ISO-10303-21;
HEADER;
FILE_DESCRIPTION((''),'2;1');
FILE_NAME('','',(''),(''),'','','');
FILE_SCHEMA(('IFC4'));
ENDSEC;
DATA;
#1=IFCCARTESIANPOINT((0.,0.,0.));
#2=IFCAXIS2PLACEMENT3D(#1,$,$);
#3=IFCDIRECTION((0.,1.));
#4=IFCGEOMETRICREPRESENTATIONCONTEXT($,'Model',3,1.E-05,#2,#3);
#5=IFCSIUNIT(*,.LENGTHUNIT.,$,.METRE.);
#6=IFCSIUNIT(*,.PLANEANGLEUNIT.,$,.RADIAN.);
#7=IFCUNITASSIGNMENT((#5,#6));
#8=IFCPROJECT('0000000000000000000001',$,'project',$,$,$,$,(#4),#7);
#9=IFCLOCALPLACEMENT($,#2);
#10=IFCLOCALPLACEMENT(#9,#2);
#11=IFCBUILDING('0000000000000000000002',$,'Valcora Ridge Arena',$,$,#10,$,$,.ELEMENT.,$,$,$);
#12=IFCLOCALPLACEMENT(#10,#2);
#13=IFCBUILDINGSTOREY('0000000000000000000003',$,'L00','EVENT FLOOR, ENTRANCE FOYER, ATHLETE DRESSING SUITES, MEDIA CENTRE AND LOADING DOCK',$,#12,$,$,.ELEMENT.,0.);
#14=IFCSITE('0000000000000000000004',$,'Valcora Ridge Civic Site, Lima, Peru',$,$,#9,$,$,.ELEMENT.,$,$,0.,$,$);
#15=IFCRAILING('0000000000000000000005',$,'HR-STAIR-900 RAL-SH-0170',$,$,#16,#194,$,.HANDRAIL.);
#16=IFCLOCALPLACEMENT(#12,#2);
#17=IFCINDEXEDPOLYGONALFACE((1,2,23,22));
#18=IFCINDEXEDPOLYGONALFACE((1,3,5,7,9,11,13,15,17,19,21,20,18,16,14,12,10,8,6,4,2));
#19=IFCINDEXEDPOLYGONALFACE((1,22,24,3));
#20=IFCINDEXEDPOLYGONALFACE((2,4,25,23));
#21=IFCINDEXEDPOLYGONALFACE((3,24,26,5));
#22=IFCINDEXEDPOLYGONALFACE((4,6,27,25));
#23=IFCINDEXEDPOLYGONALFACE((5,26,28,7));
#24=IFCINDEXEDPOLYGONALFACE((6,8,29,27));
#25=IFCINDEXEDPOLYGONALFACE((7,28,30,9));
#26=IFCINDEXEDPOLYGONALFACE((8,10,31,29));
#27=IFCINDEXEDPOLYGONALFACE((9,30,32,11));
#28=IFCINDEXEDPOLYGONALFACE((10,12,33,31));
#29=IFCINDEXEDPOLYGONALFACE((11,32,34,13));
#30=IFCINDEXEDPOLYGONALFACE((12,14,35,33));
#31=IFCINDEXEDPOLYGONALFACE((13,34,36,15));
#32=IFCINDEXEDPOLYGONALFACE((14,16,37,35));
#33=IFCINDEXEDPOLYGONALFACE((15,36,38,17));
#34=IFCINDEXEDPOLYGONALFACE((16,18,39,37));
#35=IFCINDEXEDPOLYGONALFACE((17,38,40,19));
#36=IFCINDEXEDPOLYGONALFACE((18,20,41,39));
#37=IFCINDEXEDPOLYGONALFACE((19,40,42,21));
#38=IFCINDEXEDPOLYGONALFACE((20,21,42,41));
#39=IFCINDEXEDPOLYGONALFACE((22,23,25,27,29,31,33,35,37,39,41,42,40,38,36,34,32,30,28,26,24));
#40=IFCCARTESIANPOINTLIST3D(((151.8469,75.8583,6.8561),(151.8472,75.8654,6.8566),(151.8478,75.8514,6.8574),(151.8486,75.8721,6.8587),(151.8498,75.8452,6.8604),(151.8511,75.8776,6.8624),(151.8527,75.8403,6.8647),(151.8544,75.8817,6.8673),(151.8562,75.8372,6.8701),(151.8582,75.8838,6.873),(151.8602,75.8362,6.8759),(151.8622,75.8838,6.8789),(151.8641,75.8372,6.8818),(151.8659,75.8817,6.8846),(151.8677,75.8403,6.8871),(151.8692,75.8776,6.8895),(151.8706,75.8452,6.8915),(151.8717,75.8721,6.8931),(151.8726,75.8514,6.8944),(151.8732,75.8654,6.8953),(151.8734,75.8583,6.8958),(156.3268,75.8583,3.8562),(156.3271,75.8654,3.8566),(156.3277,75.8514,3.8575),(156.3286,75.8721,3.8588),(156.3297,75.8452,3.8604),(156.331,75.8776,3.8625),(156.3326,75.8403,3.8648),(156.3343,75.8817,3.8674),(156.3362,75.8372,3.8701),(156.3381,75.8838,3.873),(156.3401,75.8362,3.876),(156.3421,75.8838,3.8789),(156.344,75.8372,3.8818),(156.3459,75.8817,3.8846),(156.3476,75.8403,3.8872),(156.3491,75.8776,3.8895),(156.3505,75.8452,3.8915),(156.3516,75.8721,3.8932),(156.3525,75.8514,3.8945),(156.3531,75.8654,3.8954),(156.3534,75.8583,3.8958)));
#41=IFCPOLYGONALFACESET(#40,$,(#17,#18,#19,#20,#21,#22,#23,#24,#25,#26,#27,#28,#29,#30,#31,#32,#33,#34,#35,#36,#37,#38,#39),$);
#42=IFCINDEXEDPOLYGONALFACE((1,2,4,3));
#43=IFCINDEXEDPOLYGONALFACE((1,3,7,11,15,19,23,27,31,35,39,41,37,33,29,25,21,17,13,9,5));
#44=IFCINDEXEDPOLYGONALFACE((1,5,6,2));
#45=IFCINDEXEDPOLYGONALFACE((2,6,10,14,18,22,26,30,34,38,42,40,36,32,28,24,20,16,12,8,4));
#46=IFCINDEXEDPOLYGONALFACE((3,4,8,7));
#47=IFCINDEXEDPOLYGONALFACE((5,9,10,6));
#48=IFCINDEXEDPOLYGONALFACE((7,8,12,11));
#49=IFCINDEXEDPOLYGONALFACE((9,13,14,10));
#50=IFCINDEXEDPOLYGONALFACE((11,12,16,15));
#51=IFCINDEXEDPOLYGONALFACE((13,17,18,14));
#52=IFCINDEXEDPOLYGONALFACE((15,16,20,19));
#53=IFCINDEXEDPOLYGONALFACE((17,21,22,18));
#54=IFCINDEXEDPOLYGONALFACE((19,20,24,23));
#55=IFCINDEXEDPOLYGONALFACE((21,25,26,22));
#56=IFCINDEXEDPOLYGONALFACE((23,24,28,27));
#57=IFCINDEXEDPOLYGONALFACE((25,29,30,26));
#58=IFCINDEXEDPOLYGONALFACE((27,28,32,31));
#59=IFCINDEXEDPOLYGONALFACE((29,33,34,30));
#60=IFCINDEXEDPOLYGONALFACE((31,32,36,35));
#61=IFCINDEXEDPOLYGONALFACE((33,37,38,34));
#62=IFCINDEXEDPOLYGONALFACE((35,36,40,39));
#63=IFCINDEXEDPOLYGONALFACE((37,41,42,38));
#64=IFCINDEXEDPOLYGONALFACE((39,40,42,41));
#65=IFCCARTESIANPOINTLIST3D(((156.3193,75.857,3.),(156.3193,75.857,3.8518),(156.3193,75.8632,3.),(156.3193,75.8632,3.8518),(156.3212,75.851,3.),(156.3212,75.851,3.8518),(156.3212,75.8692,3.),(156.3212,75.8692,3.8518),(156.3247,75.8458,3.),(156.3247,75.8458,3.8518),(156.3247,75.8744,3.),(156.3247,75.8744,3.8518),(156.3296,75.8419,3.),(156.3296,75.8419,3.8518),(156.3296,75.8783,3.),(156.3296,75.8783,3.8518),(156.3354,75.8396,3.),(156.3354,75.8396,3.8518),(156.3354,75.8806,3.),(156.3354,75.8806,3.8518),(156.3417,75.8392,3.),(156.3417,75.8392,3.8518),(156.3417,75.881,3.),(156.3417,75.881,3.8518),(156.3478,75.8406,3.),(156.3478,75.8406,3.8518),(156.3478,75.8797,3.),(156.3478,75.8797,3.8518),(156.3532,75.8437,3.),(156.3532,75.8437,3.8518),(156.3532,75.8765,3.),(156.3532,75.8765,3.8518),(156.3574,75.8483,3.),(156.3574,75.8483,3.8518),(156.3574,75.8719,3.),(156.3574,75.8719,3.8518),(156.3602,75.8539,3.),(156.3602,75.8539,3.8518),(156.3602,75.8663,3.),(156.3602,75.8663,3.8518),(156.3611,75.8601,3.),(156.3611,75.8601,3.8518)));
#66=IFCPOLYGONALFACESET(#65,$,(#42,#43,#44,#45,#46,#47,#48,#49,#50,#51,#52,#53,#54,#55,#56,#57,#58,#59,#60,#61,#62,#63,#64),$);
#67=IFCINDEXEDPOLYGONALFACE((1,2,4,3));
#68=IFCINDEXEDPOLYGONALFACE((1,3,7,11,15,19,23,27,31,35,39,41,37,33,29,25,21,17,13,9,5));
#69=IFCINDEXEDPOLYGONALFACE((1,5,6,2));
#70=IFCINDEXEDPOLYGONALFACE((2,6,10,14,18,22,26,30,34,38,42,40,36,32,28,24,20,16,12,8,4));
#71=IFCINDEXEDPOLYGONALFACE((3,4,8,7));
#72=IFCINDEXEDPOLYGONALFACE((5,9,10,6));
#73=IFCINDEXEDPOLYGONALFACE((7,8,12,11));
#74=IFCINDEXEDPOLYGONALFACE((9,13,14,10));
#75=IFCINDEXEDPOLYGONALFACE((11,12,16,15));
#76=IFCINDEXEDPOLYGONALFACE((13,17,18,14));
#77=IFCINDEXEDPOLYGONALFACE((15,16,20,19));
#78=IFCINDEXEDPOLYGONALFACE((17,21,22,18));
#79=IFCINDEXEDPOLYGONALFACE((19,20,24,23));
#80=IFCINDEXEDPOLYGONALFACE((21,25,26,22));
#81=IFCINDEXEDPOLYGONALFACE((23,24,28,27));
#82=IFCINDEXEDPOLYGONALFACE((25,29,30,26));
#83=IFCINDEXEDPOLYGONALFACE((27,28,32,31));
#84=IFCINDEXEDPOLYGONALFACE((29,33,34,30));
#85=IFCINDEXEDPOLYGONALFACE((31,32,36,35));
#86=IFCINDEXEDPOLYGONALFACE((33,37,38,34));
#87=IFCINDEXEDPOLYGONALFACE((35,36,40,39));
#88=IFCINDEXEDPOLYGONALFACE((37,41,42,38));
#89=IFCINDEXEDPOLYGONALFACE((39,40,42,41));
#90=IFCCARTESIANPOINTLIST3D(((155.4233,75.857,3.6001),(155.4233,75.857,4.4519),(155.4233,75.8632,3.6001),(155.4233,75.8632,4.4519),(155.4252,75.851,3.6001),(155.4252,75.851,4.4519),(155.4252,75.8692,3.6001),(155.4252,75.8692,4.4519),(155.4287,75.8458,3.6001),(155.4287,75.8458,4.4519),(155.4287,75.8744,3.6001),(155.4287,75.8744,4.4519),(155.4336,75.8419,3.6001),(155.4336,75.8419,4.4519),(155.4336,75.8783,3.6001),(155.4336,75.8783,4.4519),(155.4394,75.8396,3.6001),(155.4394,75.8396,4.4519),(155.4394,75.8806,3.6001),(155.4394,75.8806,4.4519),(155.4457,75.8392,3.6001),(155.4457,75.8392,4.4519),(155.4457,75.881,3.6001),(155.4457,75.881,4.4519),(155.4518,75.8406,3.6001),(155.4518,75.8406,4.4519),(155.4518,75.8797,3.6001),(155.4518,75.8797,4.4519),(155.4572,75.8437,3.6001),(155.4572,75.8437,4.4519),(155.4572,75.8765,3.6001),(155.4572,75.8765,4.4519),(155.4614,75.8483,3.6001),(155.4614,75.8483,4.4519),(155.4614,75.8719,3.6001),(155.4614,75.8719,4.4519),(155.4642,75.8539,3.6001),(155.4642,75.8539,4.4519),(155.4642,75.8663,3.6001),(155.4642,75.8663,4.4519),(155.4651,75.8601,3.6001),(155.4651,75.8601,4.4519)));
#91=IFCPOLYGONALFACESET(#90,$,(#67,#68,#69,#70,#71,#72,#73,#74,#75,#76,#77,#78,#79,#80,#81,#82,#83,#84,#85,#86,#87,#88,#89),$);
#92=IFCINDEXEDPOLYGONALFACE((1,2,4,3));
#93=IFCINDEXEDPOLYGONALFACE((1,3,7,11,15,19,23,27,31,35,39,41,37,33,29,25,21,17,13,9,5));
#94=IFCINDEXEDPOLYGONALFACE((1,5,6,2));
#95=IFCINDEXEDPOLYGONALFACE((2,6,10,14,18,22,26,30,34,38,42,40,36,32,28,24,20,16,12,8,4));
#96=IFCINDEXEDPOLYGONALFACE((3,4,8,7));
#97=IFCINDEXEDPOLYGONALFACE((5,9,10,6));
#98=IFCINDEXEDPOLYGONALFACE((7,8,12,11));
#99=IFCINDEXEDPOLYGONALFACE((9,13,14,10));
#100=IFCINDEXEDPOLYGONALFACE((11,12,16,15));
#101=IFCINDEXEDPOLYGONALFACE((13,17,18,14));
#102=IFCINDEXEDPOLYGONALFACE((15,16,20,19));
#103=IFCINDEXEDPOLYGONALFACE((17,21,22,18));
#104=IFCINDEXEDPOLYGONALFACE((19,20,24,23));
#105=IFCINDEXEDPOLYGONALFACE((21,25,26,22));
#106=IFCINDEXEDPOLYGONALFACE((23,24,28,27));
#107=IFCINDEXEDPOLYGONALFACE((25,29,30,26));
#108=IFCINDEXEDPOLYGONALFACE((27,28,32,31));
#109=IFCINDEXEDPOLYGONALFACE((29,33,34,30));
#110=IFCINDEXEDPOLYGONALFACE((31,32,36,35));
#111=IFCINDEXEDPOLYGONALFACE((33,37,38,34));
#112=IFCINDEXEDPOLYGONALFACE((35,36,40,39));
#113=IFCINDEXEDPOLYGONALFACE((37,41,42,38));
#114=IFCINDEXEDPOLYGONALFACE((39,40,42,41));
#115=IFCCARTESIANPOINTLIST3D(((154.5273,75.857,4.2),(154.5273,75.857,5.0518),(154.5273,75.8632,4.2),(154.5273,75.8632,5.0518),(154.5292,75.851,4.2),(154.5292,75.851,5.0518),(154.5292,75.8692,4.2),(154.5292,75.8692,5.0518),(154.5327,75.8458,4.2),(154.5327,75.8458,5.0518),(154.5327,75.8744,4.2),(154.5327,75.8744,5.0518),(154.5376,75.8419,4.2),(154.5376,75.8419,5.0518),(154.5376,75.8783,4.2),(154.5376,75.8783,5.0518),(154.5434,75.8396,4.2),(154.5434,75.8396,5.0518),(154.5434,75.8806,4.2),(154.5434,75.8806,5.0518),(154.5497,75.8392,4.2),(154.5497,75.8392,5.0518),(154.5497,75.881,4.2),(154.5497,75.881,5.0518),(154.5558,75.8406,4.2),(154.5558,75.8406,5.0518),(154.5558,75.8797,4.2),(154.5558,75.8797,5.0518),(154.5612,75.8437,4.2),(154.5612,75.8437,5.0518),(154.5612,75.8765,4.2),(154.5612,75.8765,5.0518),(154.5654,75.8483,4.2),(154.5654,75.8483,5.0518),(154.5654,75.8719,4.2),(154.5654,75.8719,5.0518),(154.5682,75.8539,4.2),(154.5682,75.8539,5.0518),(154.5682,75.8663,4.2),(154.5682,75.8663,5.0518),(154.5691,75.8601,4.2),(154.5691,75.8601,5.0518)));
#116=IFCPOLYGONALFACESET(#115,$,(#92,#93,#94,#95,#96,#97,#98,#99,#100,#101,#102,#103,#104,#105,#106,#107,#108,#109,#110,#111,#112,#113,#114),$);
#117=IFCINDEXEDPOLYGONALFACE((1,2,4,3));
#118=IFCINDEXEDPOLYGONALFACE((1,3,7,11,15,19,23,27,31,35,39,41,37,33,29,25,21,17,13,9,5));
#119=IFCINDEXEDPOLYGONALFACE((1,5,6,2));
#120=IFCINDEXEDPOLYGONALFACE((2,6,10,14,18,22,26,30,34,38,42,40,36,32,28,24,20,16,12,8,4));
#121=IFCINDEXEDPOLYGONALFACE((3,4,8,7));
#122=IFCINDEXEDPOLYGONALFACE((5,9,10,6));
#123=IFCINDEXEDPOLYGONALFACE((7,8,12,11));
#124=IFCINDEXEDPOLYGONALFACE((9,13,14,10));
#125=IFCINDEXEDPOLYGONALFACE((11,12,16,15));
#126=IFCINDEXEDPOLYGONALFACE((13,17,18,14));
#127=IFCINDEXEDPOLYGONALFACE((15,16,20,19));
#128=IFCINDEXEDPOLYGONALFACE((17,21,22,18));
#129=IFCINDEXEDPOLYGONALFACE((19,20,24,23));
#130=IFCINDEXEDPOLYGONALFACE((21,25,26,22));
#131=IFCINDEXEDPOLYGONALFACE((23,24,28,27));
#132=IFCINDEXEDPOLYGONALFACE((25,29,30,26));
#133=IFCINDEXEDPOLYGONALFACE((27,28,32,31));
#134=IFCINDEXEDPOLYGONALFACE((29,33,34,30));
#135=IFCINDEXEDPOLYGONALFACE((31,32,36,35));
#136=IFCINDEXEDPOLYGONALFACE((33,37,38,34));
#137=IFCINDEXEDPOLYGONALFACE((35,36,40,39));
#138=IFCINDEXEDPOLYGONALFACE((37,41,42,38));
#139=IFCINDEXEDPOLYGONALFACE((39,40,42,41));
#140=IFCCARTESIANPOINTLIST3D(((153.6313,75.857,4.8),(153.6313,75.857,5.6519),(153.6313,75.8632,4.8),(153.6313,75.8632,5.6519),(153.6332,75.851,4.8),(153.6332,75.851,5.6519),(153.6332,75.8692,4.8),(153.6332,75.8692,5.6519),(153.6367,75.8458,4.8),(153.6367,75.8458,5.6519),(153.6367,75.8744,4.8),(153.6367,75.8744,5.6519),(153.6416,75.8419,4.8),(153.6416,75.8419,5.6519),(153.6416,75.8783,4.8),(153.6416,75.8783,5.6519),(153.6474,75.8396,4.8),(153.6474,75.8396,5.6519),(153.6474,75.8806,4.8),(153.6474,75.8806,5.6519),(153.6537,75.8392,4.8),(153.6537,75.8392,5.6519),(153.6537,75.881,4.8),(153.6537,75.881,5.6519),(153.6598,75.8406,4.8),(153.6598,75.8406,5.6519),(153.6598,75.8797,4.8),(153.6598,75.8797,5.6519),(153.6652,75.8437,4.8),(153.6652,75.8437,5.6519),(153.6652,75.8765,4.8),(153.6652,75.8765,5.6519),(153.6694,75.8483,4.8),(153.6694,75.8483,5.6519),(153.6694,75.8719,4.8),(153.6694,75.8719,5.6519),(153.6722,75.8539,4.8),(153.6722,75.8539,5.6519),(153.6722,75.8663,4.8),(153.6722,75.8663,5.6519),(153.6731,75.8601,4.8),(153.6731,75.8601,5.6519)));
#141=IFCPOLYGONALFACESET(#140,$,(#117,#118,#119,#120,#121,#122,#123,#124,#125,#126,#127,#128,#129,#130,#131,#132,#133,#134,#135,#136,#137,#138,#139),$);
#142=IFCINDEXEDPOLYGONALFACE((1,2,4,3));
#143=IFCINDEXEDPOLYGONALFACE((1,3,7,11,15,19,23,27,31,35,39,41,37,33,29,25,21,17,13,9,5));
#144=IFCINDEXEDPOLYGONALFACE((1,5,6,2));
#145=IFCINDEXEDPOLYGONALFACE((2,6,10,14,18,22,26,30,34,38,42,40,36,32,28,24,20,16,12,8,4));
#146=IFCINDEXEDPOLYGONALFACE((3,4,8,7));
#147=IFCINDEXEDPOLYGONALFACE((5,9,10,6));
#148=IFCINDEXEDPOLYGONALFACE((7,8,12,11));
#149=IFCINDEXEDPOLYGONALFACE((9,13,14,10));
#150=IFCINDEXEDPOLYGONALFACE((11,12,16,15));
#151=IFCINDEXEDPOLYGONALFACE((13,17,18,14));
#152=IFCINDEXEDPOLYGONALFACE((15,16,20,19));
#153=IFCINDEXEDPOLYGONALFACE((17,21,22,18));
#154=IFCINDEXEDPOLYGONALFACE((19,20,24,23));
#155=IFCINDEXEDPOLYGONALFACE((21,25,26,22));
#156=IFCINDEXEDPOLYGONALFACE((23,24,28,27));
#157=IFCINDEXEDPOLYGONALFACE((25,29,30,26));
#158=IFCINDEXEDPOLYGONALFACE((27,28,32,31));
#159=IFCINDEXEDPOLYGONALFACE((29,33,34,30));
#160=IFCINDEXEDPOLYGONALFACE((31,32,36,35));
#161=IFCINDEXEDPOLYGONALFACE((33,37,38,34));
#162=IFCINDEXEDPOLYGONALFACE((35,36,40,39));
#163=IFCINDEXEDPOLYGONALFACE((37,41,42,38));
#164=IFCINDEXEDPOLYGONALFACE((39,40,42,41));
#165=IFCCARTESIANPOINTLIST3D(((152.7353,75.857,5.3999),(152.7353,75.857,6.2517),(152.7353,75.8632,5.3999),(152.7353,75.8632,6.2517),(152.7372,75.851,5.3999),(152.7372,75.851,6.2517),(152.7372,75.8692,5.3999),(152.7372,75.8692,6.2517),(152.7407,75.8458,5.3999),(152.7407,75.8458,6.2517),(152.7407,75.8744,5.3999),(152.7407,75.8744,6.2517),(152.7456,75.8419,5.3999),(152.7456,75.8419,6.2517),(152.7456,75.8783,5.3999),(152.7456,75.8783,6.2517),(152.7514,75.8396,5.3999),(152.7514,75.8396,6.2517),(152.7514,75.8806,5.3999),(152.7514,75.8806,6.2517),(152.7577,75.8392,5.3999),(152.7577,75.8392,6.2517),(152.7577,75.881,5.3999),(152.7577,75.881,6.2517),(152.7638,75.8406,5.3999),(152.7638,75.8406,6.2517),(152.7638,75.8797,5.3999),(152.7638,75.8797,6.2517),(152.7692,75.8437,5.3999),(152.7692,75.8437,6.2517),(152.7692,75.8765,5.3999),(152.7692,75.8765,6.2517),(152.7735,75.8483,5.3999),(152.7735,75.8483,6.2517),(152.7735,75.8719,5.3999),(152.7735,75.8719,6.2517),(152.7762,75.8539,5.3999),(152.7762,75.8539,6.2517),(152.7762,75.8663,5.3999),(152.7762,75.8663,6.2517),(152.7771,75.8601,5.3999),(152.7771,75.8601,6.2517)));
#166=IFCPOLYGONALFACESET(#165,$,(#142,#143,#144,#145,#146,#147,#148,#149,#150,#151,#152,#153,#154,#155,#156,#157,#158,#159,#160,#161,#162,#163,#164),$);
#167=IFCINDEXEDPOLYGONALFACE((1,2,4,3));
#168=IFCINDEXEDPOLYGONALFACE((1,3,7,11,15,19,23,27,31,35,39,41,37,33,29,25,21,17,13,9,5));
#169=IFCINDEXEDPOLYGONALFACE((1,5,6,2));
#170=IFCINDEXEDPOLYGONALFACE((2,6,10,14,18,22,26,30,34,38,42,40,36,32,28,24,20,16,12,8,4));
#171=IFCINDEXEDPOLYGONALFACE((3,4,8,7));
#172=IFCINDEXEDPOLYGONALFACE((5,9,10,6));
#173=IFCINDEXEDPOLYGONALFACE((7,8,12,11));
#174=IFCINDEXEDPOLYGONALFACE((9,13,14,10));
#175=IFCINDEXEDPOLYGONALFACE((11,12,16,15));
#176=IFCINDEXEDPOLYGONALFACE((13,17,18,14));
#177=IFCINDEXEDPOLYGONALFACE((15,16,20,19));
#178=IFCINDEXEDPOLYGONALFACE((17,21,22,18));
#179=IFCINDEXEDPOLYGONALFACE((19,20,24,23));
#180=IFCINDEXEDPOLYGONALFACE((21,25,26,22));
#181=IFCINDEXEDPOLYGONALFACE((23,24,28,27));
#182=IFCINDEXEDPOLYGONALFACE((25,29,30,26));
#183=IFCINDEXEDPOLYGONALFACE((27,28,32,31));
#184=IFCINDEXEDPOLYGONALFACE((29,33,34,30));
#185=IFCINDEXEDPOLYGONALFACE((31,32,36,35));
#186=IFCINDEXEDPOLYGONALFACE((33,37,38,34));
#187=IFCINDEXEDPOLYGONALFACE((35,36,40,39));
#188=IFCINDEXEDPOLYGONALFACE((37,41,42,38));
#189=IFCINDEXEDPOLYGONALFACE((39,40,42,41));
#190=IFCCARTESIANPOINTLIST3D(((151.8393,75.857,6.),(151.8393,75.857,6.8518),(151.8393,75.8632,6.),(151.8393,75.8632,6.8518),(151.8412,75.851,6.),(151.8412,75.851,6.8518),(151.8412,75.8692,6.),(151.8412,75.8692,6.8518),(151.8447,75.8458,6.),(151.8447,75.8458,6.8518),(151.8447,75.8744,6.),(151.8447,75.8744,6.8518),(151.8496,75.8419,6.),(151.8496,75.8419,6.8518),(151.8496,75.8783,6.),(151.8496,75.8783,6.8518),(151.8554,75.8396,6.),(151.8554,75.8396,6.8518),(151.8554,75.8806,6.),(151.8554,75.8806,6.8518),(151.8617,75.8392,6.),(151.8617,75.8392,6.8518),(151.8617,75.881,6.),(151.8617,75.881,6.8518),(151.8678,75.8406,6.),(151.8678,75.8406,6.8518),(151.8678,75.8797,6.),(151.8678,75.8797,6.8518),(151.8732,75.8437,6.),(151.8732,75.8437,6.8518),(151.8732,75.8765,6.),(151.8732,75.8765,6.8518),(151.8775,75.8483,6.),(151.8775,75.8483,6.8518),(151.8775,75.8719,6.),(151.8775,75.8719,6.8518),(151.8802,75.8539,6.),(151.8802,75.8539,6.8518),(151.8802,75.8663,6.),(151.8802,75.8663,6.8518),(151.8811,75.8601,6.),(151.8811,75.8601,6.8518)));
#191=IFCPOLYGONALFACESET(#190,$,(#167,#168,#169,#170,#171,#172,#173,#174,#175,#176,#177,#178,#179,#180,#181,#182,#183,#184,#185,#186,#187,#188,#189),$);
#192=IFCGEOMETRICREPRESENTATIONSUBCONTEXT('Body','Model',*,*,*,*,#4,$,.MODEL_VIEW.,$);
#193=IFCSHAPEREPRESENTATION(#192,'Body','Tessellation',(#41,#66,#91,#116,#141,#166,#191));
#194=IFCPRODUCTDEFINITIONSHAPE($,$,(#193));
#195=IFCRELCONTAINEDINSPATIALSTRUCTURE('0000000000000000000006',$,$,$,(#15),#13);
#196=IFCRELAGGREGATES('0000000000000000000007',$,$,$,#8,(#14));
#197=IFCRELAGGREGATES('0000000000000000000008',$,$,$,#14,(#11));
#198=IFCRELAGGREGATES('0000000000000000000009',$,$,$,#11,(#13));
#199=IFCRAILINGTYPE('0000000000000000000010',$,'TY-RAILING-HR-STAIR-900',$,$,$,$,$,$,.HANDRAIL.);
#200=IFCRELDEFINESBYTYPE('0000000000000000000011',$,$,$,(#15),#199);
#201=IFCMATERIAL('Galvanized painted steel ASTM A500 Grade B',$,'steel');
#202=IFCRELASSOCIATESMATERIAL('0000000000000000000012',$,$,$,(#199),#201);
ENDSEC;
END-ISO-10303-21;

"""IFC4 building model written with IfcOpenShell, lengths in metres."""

from ifc_helpers import new_model, si_unit, direction, frame, origin, origin_2d, place, context, subcontext, project, spatial, circle, extrude, material, type_object, element, save


model = new_model("IFC4")

# Units and contexts
model_context = context("Model", 3, precision=1e-05, world=origin(), true_north=direction((0.0, 1.0)))
body_context = subcontext(model_context, "Body", "Model", "MODEL_VIEW")
ifc_project = project(units=[si_unit("LENGTHUNIT", "METRE"), si_unit("PLANEANGLEUNIT", "RADIAN")], contexts=[model_context])

# Site, building, storey
site_placement = place(None, origin())
site = spatial("IfcSite", under=ifc_project, at=site_placement, Name="Valcora Ridge Civic Site, Lima, Peru", CompositionType="ELEMENT", RefElevation=0.0)
building_placement = place(site_placement, origin())
building = spatial("IfcBuilding", under=site, at=building_placement, Name="Valcora Ridge Arena", CompositionType="ELEMENT")
storey_placement = place(building_placement, origin())
storey = spatial("IfcBuildingStorey", under=building, at=storey_placement, Name="L00", Description="EVENT FLOOR, ENTRANCE FOYER, ATHLETE DRESSING SUITES, MEDIA CENTRE AND LOADING DOCK", CompositionType="ELEMENT", Elevation=0.0)

# Railing
ifc_material_1 = material(Name="Galvanized painted steel ASTM A500 Grade B", Category="steel")
railing_type = type_object("IfcRailingType", Name="TY-RAILING-HR-STAIR-900", PredefinedType="HANDRAIL", material=ifc_material_1)
railing_placement = place(storey_placement, frame((156.3401, 75.8601, 3.0)))
element("IfcRailing", 1, at=railing_placement, inside=storey, type_object=railing_type, Name="HR-STAIR-900 RAL-SH-0170", PredefinedType="HANDRAIL", context=body_context, shape_type="SweptSolid", body=[
    extrude(circle(Radius=0.0239, at=origin_2d()), frame((0.0, 0.0, 0.876), z_axis=(-0.830906, 0.0, 0.556413), x_axis=(0.0, -1.0, 0.0)), (0.0, 0.0, 1.0), 5.3916),
    extrude(circle(Radius=0.021, at=origin_2d()), origin(), (0.0, 0.0, 1.0), 0.8518),
    extrude(circle(Radius=0.021, at=origin_2d()), frame((-0.896, 0.0, 0.6001)), (0.0, 0.0, 1.0), 0.8518),
    extrude(circle(Radius=0.021, at=origin_2d()), frame((-1.792, 0.0, 1.2)), (0.0, 0.0, 1.0), 0.8518),
    extrude(circle(Radius=0.021, at=origin_2d()), frame((-2.688, 0.0, 1.8)), (0.0, 0.0, 1.0), 0.8518),
    extrude(circle(Radius=0.021, at=origin_2d()), frame((-3.584, 0.0, 2.3999)), (0.0, 0.0, 1.0), 0.8518),
    extrude(circle(Radius=0.021, at=origin_2d()), frame((-4.48, 0.0, 3.0)), (0.0, 0.0, 1.0), 0.8518),
])

save(model, "model.ifc")
